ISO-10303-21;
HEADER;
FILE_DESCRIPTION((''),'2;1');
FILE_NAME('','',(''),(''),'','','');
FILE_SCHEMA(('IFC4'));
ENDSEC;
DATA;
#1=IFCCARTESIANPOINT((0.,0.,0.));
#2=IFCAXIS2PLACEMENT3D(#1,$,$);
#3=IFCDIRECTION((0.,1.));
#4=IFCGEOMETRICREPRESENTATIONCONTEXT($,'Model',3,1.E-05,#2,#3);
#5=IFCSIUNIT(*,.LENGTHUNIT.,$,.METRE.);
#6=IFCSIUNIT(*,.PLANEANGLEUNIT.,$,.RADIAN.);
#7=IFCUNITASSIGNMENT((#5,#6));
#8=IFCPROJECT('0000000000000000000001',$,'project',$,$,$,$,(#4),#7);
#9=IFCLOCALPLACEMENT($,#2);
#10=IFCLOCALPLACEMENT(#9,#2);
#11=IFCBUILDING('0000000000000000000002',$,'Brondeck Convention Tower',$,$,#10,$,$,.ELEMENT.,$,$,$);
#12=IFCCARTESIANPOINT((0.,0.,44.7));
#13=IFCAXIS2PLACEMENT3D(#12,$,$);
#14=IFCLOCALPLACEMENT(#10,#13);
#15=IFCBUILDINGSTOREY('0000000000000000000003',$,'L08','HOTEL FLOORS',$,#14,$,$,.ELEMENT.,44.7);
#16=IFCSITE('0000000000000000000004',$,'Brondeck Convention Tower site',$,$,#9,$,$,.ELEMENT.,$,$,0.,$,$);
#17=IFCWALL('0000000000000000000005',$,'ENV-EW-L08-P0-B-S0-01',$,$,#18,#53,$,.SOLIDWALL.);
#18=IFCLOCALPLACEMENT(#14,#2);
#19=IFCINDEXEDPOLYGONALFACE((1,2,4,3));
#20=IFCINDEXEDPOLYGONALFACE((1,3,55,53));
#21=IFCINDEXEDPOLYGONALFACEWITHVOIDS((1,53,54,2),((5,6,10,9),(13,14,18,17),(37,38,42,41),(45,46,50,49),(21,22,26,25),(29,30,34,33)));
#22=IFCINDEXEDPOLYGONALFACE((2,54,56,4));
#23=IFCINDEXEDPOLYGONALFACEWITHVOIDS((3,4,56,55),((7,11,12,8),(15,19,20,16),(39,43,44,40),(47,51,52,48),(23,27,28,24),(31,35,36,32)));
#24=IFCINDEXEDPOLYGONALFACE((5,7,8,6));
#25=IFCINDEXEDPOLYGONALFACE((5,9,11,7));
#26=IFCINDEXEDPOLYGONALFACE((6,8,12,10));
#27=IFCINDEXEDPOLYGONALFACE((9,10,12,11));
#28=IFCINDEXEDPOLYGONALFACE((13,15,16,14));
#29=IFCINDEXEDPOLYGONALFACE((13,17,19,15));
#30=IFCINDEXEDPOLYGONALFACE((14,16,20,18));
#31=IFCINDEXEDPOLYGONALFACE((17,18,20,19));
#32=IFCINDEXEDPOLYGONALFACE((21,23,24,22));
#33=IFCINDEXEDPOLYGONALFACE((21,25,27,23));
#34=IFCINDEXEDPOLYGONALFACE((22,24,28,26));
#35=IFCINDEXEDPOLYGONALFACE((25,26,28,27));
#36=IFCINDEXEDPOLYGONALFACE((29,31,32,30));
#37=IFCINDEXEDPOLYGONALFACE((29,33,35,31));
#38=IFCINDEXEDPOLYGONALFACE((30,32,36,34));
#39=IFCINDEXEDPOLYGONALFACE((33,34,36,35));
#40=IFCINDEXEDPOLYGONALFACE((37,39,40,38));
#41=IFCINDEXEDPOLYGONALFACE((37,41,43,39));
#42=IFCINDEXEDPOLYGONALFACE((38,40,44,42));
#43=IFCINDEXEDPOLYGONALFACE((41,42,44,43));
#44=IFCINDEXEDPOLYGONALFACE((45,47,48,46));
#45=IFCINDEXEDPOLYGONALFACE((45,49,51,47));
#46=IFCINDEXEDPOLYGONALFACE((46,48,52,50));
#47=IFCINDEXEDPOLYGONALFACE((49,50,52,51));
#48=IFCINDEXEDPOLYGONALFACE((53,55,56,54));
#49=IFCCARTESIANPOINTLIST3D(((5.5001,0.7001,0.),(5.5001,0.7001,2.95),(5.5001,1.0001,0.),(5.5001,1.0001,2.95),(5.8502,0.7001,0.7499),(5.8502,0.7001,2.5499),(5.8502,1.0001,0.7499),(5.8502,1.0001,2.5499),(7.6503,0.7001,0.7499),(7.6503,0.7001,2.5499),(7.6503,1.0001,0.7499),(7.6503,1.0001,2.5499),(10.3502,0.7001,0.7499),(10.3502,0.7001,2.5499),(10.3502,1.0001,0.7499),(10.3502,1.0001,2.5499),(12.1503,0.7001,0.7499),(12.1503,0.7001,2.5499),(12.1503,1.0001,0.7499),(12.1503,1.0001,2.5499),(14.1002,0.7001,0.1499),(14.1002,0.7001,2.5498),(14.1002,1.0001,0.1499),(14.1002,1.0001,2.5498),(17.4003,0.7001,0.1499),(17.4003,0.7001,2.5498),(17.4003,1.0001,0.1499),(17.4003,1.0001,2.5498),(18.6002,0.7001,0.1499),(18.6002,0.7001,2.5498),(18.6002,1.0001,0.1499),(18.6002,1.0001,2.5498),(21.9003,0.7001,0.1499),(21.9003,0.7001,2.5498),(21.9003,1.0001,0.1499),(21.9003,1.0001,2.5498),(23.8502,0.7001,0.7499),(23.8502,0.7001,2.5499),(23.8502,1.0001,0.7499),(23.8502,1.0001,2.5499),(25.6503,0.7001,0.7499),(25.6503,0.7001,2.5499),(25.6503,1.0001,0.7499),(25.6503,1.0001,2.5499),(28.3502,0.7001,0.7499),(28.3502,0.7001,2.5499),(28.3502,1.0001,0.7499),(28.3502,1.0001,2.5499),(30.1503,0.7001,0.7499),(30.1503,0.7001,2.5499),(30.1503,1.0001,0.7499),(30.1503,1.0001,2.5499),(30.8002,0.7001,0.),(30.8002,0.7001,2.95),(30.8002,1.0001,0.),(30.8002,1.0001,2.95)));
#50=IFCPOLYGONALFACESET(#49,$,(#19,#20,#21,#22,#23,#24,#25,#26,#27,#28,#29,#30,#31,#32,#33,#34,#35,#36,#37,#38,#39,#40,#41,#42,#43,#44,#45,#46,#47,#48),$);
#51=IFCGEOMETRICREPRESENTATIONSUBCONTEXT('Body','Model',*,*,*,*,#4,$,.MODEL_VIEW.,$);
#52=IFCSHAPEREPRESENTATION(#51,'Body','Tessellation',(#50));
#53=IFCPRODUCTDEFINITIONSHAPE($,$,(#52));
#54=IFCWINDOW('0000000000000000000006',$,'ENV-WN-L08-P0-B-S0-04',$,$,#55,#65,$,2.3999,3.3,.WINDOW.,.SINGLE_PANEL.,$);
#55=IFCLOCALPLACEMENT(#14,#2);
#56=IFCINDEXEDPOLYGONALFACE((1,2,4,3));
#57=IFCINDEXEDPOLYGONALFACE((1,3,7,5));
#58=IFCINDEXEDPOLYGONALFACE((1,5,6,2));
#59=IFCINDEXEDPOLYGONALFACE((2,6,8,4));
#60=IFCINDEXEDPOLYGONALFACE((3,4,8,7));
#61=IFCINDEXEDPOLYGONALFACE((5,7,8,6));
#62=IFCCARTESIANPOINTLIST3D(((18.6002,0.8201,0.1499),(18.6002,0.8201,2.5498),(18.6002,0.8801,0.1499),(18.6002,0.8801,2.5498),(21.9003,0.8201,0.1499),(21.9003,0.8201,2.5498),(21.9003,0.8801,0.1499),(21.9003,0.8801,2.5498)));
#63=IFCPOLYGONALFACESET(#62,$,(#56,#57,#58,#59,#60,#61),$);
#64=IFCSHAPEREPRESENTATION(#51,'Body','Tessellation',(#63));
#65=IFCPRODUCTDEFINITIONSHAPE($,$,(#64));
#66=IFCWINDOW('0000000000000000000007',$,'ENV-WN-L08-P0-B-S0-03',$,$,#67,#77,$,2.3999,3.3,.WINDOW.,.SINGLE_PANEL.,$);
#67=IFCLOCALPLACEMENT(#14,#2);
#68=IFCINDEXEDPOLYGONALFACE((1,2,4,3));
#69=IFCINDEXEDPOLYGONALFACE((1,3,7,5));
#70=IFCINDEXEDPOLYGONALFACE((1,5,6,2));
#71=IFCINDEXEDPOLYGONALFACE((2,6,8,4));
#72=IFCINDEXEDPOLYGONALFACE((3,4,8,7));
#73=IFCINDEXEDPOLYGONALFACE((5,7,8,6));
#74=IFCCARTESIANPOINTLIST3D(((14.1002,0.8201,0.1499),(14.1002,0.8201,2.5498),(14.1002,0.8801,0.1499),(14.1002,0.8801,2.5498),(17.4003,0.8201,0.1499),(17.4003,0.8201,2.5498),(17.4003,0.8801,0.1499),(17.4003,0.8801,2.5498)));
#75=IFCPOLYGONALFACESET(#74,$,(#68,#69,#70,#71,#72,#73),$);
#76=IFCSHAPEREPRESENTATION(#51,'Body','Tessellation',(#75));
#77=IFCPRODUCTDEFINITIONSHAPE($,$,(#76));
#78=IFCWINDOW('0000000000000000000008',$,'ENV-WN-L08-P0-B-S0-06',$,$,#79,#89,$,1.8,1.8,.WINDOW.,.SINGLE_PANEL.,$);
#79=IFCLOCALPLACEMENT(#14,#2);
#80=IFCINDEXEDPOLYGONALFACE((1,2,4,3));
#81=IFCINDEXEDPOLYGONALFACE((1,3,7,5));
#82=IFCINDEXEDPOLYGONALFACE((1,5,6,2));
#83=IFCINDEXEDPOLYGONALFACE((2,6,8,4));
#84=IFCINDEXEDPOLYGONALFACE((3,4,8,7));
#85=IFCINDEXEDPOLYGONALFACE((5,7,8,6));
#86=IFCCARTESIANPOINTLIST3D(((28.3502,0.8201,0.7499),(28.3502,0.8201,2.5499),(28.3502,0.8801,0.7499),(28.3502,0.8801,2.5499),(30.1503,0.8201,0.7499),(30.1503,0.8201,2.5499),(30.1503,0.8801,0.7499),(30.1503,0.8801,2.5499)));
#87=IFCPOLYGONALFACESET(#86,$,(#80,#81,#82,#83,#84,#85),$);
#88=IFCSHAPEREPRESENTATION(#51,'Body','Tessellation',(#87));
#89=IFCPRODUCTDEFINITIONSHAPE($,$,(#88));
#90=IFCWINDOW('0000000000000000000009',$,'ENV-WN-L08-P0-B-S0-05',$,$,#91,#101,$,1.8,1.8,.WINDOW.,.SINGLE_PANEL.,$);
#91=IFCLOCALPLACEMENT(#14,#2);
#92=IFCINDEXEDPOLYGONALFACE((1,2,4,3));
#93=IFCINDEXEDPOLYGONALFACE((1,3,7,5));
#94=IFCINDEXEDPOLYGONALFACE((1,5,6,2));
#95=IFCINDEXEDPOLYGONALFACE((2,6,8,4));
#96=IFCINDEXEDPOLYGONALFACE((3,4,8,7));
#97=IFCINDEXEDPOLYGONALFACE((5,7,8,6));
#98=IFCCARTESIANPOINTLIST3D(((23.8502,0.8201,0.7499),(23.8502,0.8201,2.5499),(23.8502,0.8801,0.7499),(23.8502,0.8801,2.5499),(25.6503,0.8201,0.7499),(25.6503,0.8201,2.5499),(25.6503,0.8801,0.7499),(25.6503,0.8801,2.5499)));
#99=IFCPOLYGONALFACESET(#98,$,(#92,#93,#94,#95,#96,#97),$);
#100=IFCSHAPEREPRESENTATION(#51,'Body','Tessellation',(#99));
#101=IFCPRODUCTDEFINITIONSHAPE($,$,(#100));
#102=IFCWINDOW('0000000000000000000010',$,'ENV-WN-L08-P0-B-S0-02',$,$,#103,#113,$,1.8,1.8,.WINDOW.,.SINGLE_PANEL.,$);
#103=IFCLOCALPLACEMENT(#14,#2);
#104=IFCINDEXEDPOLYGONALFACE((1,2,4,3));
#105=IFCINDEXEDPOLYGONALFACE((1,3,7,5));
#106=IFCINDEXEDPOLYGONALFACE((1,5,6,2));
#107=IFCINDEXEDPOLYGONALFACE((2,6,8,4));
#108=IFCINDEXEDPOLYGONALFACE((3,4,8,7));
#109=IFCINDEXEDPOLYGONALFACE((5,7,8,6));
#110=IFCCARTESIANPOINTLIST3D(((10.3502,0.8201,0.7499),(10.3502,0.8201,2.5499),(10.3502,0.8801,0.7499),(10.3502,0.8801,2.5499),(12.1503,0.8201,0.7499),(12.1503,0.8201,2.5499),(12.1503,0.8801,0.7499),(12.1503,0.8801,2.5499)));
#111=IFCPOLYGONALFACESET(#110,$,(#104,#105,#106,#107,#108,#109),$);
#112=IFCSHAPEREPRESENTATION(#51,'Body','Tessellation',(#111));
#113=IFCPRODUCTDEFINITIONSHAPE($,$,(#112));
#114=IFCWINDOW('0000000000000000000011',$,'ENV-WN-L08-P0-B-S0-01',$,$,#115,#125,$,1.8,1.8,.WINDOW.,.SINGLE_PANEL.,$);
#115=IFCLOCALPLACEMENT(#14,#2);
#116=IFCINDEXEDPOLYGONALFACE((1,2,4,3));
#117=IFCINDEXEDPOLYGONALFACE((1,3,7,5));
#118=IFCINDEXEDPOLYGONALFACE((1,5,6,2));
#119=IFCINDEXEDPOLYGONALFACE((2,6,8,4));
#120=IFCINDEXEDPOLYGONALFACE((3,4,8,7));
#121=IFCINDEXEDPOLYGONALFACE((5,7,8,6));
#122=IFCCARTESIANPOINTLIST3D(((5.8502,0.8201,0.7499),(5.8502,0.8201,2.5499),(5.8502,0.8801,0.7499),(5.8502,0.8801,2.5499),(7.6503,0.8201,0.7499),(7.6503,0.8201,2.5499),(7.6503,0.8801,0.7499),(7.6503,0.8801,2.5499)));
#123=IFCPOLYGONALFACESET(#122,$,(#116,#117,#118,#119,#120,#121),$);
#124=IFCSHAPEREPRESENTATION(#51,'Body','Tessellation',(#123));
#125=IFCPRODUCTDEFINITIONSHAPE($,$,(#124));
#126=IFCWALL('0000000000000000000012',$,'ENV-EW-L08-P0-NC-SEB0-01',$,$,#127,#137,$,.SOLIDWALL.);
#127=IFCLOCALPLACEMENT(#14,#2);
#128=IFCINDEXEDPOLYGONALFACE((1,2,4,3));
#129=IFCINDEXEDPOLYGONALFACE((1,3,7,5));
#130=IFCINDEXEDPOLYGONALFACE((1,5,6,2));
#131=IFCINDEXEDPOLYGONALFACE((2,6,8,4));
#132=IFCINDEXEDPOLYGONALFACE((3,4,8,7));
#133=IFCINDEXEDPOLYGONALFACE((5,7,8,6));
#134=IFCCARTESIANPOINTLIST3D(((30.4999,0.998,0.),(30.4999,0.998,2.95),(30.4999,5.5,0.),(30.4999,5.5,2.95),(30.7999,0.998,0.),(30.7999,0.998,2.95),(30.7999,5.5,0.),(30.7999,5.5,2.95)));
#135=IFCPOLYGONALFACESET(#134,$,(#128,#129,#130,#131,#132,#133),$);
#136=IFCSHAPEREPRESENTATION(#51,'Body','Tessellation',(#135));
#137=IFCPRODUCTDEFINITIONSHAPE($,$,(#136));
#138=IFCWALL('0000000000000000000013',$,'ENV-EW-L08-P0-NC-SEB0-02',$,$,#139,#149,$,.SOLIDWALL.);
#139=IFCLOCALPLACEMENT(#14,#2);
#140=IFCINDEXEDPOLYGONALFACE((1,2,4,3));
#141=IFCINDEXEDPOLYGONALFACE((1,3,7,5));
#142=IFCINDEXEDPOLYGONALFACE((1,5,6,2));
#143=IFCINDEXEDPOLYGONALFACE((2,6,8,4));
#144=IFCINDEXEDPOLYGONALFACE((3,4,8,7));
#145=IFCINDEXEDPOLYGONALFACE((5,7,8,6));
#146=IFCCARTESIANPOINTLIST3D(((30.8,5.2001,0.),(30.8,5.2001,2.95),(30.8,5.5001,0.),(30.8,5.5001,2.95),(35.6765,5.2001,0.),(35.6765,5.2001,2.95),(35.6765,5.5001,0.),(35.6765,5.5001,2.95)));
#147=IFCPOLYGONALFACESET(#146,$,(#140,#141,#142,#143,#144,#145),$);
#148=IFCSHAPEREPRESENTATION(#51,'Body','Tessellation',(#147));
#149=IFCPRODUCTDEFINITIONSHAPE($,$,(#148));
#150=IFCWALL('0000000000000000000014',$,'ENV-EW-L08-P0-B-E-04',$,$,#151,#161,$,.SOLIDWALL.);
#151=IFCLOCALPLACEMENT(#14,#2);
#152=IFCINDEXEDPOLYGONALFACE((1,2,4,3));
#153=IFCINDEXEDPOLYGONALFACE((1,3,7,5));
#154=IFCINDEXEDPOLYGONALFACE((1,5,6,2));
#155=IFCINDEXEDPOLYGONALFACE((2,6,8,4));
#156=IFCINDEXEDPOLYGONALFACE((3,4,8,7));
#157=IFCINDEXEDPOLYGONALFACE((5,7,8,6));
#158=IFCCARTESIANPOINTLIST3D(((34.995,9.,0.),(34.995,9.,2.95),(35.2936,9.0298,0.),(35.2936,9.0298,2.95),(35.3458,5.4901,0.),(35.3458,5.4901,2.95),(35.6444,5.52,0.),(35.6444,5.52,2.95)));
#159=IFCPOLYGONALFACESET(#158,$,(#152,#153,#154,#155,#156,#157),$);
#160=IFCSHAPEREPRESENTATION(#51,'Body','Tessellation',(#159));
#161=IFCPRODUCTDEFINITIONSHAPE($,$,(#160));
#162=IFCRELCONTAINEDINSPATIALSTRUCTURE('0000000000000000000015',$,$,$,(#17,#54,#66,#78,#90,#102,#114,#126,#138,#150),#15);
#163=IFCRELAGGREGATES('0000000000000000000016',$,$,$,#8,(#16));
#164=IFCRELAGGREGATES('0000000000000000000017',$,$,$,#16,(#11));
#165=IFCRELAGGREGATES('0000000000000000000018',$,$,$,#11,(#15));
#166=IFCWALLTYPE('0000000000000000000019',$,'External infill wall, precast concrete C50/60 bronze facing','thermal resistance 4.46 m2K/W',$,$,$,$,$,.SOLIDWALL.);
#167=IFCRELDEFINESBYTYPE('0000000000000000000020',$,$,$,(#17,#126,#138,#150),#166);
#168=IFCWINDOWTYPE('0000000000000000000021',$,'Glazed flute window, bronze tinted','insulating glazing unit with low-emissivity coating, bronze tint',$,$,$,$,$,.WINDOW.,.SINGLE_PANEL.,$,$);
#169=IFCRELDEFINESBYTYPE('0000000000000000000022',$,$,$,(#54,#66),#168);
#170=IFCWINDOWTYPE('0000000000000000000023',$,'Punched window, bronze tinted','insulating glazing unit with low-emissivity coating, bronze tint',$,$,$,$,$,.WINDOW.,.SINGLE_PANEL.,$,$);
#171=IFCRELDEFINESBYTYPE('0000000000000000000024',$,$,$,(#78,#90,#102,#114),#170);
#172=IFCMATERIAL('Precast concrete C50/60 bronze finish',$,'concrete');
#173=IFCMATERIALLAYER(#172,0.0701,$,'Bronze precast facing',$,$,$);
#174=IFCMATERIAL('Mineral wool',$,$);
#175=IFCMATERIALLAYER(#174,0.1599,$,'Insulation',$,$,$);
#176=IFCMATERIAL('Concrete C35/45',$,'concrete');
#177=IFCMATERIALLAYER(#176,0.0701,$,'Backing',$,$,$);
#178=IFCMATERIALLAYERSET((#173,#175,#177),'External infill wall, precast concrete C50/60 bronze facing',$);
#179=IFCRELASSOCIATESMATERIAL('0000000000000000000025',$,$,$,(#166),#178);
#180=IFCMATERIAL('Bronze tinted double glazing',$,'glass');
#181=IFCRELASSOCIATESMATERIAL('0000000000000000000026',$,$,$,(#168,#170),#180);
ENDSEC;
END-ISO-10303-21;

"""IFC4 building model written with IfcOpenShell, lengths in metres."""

from ifc_helpers import new_model, si_unit, direction, frame, frame_2d, origin, place, context, subcontext, project, spatial, rectangle, extrude, material, layer, layer_set, type_object, element, fill, save


model = new_model("IFC4")

# Units and contexts
model_context = context("Model", 3, precision=1e-05, world=origin(), true_north=direction((0.0, 1.0)))
body_context = subcontext(model_context, "Body", "Model", "MODEL_VIEW")
ifc_project = project(units=[si_unit("LENGTHUNIT", "METRE"), si_unit("PLANEANGLEUNIT", "RADIAN")], contexts=[model_context])

# Site, building, storey
site_placement = place(None, origin())
site = spatial("IfcSite", under=ifc_project, at=site_placement, Name="Brondeck Convention Tower site", CompositionType="ELEMENT", RefElevation=0.0)
building_placement = place(site_placement, origin())
building = spatial("IfcBuilding", under=site, at=building_placement, Name="Brondeck Convention Tower", CompositionType="ELEMENT")
storey_placement = place(building_placement, frame((0.0, 0.0, 44.7)))
storey = spatial("IfcBuildingStorey", under=building, at=storey_placement, Name="L08", Description="HOTEL FLOORS", CompositionType="ELEMENT", Elevation=44.7)

# Wall, openings, windows
ifc_material_1 = material(Name="Precast concrete C50/60 bronze finish", Category="concrete")
ifc_layer_1 = layer(ifc_material_1, 0.0701, Name="Bronze precast facing")
ifc_material_2 = material(Name="Mineral wool")
ifc_layer_2 = layer(ifc_material_2, 0.1599, Name="Insulation")
ifc_material_3 = material(Name="Concrete C35/45", Category="concrete")
ifc_layer_3 = layer(ifc_material_3, 0.0701, Name="Backing")
ifc_layer_set_1 = layer_set([ifc_layer_1, ifc_layer_2, ifc_layer_3], Name="External infill wall, precast concrete C50/60 bronze facing")
wall_type_1 = type_object("IfcWallType", Name="External infill wall, precast concrete C50/60 bronze facing", Description="thermal resistance 4.46 m2K/W", PredefinedType="SOLIDWALL", material=ifc_layer_set_1)
wall_1_placement = place(storey_placement, frame((30.8, 0.8501, 0.0), z_axis=(0.0, 0.0, 1.0), x_axis=(-1.0, 0.0, 0.0)))
wall_1 = element("IfcWall", 1, at=wall_1_placement, inside=storey, type_object=wall_type_1, Name="ENV-EW-L08-P0-B-S0-01", PredefinedType="SOLIDWALL", context=body_context, shape_type="SweptSolid", body=[
    extrude(rectangle(XDim=25.3, YDim=0.3, at=frame_2d((12.6499, 0.0))), origin(), (0.0, 0.0, 1.0), 2.95),
])
opening_1_placement = place(wall_1_placement, frame((0.6499, 0.0, 0.75)))
opening_1 = element("IfcOpeningElement", 2, at=opening_1_placement, cuts=wall_1, PredefinedType="OPENING", context=body_context, shape_type="SweptSolid", body=[
    extrude(rectangle(XDim=1.8, YDim=1.8, at=frame_2d((0.8999, 0.8999))), frame((0.0, 0.1599, 0.0), z_axis=(0.0, -1.0, 0.0), x_axis=(1.0, 0.0, 0.0)), (0.0, 0.0, 1.0), 0.3201),
])
opening_2_placement = place(wall_1_placement, frame((5.1499, 0.0, 0.75)))
opening_2 = element("IfcOpeningElement", 3, at=opening_2_placement, cuts=wall_1, PredefinedType="OPENING", context=body_context, shape_type="SweptSolid", body=[
    extrude(rectangle(XDim=1.8, YDim=1.8, at=frame_2d((0.8999, 0.8999))), frame((0.0, 0.1599, 0.0), z_axis=(0.0, -1.0, 0.0), x_axis=(1.0, 0.0, 0.0)), (0.0, 0.0, 1.0), 0.3201),
])
opening_3_placement = place(wall_1_placement, frame((8.8999, 0.0, 0.1499)))
opening_3 = element("IfcOpeningElement", 4, at=opening_3_placement, cuts=wall_1, PredefinedType="OPENING", context=body_context, shape_type="SweptSolid", body=[
    extrude(rectangle(XDim=3.3, YDim=2.3999, at=frame_2d((1.6499, 1.2))), frame((0.0, 0.1599, 0.0), z_axis=(0.0, -1.0, 0.0), x_axis=(1.0, 0.0, 0.0)), (0.0, 0.0, 1.0), 0.3201),
])
opening_4_placement = place(wall_1_placement, frame((13.3999, 0.0, 0.1499)))
opening_4 = element("IfcOpeningElement", 5, at=opening_4_placement, cuts=wall_1, PredefinedType="OPENING", context=body_context, shape_type="SweptSolid", body=[
    extrude(rectangle(XDim=3.3, YDim=2.3999, at=frame_2d((1.6499, 1.2))), frame((0.0, 0.1599, 0.0), z_axis=(0.0, -1.0, 0.0), x_axis=(1.0, 0.0, 0.0)), (0.0, 0.0, 1.0), 0.3201),
])
opening_5_placement = place(wall_1_placement, frame((18.6499, 0.0, 0.75)))
opening_5 = element("IfcOpeningElement", 6, at=opening_5_placement, cuts=wall_1, PredefinedType="OPENING", context=body_context, shape_type="SweptSolid", body=[
    extrude(rectangle(XDim=1.8, YDim=1.8, at=frame_2d((0.8999, 0.8999))), frame((0.0, 0.1599, 0.0), z_axis=(0.0, -1.0, 0.0), x_axis=(1.0, 0.0, 0.0)), (0.0, 0.0, 1.0), 0.3201),
])
opening_6_placement = place(wall_1_placement, frame((23.1499, 0.0, 0.75)))
opening_6 = element("IfcOpeningElement", 7, at=opening_6_placement, cuts=wall_1, PredefinedType="OPENING", context=body_context, shape_type="SweptSolid", body=[
    extrude(rectangle(XDim=1.8, YDim=1.8, at=frame_2d((0.8999, 0.8999))), frame((0.0, 0.1599, 0.0), z_axis=(0.0, -1.0, 0.0), x_axis=(1.0, 0.0, 0.0)), (0.0, 0.0, 1.0), 0.3201),
])
ifc_material_4 = material(Name="Bronze tinted double glazing", Category="glass")
window_type_1 = type_object("IfcWindowType", Name="Glazed flute window, bronze tinted", Description="insulating glazing unit with low-emissivity coating, bronze tint", PartitioningType="SINGLE_PANEL", PredefinedType="WINDOW", material=ifc_material_4)
window_1_placement = place(opening_3_placement, origin())
window_1 = element("IfcWindow", 8, at=window_1_placement, inside=storey, type_object=window_type_1, Name="ENV-WN-L08-P0-B-S0-04", OverallHeight=2.3999, OverallWidth=3.3, PartitioningType="SINGLE_PANEL", PredefinedType="WINDOW", context=body_context, shape_type="SweptSolid", body=[
    extrude(rectangle(XDim=3.3, YDim=2.3999, at=frame_2d((1.6499, 1.2))), frame((0.0, 0.03, 0.0), z_axis=(0.0, -1.0, 0.0), x_axis=(1.0, 0.0, 0.0)), (0.0, 0.0, 1.0), 0.0601),
])
fill(opening_3, window_1)
window_2_placement = place(opening_4_placement, origin())
window_2 = element("IfcWindow", 9, at=window_2_placement, inside=storey, type_object=window_type_1, Name="ENV-WN-L08-P0-B-S0-03", OverallHeight=2.3999, OverallWidth=3.3, PartitioningType="SINGLE_PANEL", PredefinedType="WINDOW", context=body_context, shape_type="SweptSolid", body=[
    extrude(rectangle(XDim=3.3, YDim=2.3999, at=frame_2d((1.6499, 1.2))), frame((0.0, 0.03, 0.0), z_axis=(0.0, -1.0, 0.0), x_axis=(1.0, 0.0, 0.0)), (0.0, 0.0, 1.0), 0.0601),
])
fill(opening_4, window_2)
window_type_2 = type_object("IfcWindowType", Name="Punched window, bronze tinted", Description="insulating glazing unit with low-emissivity coating, bronze tint", PartitioningType="SINGLE_PANEL", PredefinedType="WINDOW", material=ifc_material_4)
window_3_placement = place(opening_1_placement, origin())
window_3 = element("IfcWindow", 10, at=window_3_placement, inside=storey, type_object=window_type_2, Name="ENV-WN-L08-P0-B-S0-06", OverallHeight=1.8, OverallWidth=1.8, PartitioningType="SINGLE_PANEL", PredefinedType="WINDOW", context=body_context, shape_type="SweptSolid", body=[
    extrude(rectangle(XDim=1.8, YDim=1.8, at=frame_2d((0.8999, 0.8999))), frame((0.0, 0.03, 0.0), z_axis=(0.0, -1.0, 0.0), x_axis=(1.0, 0.0, 0.0)), (0.0, 0.0, 1.0), 0.0601),
])
fill(opening_1, window_3)
window_4_placement = place(opening_2_placement, origin())
window_4 = element("IfcWindow", 11, at=window_4_placement, inside=storey, type_object=window_type_2, Name="ENV-WN-L08-P0-B-S0-05", OverallHeight=1.8, OverallWidth=1.8, PartitioningType="SINGLE_PANEL", PredefinedType="WINDOW", context=body_context, shape_type="SweptSolid", body=[
    extrude(rectangle(XDim=1.8, YDim=1.8, at=frame_2d((0.8999, 0.8999))), frame((0.0, 0.03, 0.0), z_axis=(0.0, -1.0, 0.0), x_axis=(1.0, 0.0, 0.0)), (0.0, 0.0, 1.0), 0.0601),
])
fill(opening_2, window_4)
window_5_placement = place(opening_5_placement, origin())
window_5 = element("IfcWindow", 12, at=window_5_placement, inside=storey, type_object=window_type_2, Name="ENV-WN-L08-P0-B-S0-02", OverallHeight=1.8, OverallWidth=1.8, PartitioningType="SINGLE_PANEL", PredefinedType="WINDOW", context=body_context, shape_type="SweptSolid", body=[
    extrude(rectangle(XDim=1.8, YDim=1.8, at=frame_2d((0.8999, 0.8999))), frame((0.0, 0.03, 0.0), z_axis=(0.0, -1.0, 0.0), x_axis=(1.0, 0.0, 0.0)), (0.0, 0.0, 1.0), 0.0601),
])
fill(opening_5, window_5)
window_6_placement = place(opening_6_placement, origin())
window_6 = element("IfcWindow", 13, at=window_6_placement, inside=storey, type_object=window_type_2, Name="ENV-WN-L08-P0-B-S0-01", OverallHeight=1.8, OverallWidth=1.8, PartitioningType="SINGLE_PANEL", PredefinedType="WINDOW", context=body_context, shape_type="SweptSolid", body=[
    extrude(rectangle(XDim=1.8, YDim=1.8, at=frame_2d((0.8999, 0.8999))), frame((0.0, 0.03, 0.0), z_axis=(0.0, -1.0, 0.0), x_axis=(1.0, 0.0, 0.0)), (0.0, 0.0, 1.0), 0.0601),
])
fill(opening_6, window_6)

# Walls
wall_2_placement = place(storey_placement, frame((30.6499, 5.5, 0.0), z_axis=(0.0, 0.0, 1.0), x_axis=(0.0, -1.0, 0.0)))
element("IfcWall", 14, at=wall_2_placement, inside=storey, type_object=wall_type_1, Name="ENV-EW-L08-P0-NC-SEB0-01", PredefinedType="SOLIDWALL", context=body_context, shape_type="SweptSolid", body=[
    extrude(rectangle(XDim=4.502, YDim=0.3, at=frame_2d((2.251, 0.0))), origin(), (0.0, 0.0, 1.0), 2.95),
])
wall_3_placement = place(storey_placement, frame((35.6765, 5.3501, 0.0), z_axis=(0.0, 0.0, 1.0), x_axis=(-1.0, 0.0, 0.0)))
element("IfcWall", 15, at=wall_3_placement, inside=storey, type_object=wall_type_1, Name="ENV-EW-L08-P0-NC-SEB0-02", PredefinedType="SOLIDWALL", context=body_context, shape_type="SweptSolid", body=[
    extrude(rectangle(XDim=4.8765, YDim=0.3, at=frame_2d((2.4382, 0.0))), origin(), (0.0, 0.0, 1.0), 2.95),
])
wall_4_placement = place(storey_placement, frame((35.1443, 9.0149, 0.0), z_axis=(0.0, 0.0, 1.0), x_axis=(0.099463, -0.995041, 0.0)))
element("IfcWall", 16, at=wall_4_placement, inside=storey, type_object=wall_type_1, Name="ENV-EW-L08-P0-B-E-04", PredefinedType="SOLIDWALL", context=body_context, shape_type="SweptSolid", body=[
    extrude(rectangle(XDim=3.5273, YDim=0.3, at=frame_2d((1.7637, 0.0))), origin(), (0.0, 0.0, 1.0), 2.95),
])

save(model, "model.ifc")
